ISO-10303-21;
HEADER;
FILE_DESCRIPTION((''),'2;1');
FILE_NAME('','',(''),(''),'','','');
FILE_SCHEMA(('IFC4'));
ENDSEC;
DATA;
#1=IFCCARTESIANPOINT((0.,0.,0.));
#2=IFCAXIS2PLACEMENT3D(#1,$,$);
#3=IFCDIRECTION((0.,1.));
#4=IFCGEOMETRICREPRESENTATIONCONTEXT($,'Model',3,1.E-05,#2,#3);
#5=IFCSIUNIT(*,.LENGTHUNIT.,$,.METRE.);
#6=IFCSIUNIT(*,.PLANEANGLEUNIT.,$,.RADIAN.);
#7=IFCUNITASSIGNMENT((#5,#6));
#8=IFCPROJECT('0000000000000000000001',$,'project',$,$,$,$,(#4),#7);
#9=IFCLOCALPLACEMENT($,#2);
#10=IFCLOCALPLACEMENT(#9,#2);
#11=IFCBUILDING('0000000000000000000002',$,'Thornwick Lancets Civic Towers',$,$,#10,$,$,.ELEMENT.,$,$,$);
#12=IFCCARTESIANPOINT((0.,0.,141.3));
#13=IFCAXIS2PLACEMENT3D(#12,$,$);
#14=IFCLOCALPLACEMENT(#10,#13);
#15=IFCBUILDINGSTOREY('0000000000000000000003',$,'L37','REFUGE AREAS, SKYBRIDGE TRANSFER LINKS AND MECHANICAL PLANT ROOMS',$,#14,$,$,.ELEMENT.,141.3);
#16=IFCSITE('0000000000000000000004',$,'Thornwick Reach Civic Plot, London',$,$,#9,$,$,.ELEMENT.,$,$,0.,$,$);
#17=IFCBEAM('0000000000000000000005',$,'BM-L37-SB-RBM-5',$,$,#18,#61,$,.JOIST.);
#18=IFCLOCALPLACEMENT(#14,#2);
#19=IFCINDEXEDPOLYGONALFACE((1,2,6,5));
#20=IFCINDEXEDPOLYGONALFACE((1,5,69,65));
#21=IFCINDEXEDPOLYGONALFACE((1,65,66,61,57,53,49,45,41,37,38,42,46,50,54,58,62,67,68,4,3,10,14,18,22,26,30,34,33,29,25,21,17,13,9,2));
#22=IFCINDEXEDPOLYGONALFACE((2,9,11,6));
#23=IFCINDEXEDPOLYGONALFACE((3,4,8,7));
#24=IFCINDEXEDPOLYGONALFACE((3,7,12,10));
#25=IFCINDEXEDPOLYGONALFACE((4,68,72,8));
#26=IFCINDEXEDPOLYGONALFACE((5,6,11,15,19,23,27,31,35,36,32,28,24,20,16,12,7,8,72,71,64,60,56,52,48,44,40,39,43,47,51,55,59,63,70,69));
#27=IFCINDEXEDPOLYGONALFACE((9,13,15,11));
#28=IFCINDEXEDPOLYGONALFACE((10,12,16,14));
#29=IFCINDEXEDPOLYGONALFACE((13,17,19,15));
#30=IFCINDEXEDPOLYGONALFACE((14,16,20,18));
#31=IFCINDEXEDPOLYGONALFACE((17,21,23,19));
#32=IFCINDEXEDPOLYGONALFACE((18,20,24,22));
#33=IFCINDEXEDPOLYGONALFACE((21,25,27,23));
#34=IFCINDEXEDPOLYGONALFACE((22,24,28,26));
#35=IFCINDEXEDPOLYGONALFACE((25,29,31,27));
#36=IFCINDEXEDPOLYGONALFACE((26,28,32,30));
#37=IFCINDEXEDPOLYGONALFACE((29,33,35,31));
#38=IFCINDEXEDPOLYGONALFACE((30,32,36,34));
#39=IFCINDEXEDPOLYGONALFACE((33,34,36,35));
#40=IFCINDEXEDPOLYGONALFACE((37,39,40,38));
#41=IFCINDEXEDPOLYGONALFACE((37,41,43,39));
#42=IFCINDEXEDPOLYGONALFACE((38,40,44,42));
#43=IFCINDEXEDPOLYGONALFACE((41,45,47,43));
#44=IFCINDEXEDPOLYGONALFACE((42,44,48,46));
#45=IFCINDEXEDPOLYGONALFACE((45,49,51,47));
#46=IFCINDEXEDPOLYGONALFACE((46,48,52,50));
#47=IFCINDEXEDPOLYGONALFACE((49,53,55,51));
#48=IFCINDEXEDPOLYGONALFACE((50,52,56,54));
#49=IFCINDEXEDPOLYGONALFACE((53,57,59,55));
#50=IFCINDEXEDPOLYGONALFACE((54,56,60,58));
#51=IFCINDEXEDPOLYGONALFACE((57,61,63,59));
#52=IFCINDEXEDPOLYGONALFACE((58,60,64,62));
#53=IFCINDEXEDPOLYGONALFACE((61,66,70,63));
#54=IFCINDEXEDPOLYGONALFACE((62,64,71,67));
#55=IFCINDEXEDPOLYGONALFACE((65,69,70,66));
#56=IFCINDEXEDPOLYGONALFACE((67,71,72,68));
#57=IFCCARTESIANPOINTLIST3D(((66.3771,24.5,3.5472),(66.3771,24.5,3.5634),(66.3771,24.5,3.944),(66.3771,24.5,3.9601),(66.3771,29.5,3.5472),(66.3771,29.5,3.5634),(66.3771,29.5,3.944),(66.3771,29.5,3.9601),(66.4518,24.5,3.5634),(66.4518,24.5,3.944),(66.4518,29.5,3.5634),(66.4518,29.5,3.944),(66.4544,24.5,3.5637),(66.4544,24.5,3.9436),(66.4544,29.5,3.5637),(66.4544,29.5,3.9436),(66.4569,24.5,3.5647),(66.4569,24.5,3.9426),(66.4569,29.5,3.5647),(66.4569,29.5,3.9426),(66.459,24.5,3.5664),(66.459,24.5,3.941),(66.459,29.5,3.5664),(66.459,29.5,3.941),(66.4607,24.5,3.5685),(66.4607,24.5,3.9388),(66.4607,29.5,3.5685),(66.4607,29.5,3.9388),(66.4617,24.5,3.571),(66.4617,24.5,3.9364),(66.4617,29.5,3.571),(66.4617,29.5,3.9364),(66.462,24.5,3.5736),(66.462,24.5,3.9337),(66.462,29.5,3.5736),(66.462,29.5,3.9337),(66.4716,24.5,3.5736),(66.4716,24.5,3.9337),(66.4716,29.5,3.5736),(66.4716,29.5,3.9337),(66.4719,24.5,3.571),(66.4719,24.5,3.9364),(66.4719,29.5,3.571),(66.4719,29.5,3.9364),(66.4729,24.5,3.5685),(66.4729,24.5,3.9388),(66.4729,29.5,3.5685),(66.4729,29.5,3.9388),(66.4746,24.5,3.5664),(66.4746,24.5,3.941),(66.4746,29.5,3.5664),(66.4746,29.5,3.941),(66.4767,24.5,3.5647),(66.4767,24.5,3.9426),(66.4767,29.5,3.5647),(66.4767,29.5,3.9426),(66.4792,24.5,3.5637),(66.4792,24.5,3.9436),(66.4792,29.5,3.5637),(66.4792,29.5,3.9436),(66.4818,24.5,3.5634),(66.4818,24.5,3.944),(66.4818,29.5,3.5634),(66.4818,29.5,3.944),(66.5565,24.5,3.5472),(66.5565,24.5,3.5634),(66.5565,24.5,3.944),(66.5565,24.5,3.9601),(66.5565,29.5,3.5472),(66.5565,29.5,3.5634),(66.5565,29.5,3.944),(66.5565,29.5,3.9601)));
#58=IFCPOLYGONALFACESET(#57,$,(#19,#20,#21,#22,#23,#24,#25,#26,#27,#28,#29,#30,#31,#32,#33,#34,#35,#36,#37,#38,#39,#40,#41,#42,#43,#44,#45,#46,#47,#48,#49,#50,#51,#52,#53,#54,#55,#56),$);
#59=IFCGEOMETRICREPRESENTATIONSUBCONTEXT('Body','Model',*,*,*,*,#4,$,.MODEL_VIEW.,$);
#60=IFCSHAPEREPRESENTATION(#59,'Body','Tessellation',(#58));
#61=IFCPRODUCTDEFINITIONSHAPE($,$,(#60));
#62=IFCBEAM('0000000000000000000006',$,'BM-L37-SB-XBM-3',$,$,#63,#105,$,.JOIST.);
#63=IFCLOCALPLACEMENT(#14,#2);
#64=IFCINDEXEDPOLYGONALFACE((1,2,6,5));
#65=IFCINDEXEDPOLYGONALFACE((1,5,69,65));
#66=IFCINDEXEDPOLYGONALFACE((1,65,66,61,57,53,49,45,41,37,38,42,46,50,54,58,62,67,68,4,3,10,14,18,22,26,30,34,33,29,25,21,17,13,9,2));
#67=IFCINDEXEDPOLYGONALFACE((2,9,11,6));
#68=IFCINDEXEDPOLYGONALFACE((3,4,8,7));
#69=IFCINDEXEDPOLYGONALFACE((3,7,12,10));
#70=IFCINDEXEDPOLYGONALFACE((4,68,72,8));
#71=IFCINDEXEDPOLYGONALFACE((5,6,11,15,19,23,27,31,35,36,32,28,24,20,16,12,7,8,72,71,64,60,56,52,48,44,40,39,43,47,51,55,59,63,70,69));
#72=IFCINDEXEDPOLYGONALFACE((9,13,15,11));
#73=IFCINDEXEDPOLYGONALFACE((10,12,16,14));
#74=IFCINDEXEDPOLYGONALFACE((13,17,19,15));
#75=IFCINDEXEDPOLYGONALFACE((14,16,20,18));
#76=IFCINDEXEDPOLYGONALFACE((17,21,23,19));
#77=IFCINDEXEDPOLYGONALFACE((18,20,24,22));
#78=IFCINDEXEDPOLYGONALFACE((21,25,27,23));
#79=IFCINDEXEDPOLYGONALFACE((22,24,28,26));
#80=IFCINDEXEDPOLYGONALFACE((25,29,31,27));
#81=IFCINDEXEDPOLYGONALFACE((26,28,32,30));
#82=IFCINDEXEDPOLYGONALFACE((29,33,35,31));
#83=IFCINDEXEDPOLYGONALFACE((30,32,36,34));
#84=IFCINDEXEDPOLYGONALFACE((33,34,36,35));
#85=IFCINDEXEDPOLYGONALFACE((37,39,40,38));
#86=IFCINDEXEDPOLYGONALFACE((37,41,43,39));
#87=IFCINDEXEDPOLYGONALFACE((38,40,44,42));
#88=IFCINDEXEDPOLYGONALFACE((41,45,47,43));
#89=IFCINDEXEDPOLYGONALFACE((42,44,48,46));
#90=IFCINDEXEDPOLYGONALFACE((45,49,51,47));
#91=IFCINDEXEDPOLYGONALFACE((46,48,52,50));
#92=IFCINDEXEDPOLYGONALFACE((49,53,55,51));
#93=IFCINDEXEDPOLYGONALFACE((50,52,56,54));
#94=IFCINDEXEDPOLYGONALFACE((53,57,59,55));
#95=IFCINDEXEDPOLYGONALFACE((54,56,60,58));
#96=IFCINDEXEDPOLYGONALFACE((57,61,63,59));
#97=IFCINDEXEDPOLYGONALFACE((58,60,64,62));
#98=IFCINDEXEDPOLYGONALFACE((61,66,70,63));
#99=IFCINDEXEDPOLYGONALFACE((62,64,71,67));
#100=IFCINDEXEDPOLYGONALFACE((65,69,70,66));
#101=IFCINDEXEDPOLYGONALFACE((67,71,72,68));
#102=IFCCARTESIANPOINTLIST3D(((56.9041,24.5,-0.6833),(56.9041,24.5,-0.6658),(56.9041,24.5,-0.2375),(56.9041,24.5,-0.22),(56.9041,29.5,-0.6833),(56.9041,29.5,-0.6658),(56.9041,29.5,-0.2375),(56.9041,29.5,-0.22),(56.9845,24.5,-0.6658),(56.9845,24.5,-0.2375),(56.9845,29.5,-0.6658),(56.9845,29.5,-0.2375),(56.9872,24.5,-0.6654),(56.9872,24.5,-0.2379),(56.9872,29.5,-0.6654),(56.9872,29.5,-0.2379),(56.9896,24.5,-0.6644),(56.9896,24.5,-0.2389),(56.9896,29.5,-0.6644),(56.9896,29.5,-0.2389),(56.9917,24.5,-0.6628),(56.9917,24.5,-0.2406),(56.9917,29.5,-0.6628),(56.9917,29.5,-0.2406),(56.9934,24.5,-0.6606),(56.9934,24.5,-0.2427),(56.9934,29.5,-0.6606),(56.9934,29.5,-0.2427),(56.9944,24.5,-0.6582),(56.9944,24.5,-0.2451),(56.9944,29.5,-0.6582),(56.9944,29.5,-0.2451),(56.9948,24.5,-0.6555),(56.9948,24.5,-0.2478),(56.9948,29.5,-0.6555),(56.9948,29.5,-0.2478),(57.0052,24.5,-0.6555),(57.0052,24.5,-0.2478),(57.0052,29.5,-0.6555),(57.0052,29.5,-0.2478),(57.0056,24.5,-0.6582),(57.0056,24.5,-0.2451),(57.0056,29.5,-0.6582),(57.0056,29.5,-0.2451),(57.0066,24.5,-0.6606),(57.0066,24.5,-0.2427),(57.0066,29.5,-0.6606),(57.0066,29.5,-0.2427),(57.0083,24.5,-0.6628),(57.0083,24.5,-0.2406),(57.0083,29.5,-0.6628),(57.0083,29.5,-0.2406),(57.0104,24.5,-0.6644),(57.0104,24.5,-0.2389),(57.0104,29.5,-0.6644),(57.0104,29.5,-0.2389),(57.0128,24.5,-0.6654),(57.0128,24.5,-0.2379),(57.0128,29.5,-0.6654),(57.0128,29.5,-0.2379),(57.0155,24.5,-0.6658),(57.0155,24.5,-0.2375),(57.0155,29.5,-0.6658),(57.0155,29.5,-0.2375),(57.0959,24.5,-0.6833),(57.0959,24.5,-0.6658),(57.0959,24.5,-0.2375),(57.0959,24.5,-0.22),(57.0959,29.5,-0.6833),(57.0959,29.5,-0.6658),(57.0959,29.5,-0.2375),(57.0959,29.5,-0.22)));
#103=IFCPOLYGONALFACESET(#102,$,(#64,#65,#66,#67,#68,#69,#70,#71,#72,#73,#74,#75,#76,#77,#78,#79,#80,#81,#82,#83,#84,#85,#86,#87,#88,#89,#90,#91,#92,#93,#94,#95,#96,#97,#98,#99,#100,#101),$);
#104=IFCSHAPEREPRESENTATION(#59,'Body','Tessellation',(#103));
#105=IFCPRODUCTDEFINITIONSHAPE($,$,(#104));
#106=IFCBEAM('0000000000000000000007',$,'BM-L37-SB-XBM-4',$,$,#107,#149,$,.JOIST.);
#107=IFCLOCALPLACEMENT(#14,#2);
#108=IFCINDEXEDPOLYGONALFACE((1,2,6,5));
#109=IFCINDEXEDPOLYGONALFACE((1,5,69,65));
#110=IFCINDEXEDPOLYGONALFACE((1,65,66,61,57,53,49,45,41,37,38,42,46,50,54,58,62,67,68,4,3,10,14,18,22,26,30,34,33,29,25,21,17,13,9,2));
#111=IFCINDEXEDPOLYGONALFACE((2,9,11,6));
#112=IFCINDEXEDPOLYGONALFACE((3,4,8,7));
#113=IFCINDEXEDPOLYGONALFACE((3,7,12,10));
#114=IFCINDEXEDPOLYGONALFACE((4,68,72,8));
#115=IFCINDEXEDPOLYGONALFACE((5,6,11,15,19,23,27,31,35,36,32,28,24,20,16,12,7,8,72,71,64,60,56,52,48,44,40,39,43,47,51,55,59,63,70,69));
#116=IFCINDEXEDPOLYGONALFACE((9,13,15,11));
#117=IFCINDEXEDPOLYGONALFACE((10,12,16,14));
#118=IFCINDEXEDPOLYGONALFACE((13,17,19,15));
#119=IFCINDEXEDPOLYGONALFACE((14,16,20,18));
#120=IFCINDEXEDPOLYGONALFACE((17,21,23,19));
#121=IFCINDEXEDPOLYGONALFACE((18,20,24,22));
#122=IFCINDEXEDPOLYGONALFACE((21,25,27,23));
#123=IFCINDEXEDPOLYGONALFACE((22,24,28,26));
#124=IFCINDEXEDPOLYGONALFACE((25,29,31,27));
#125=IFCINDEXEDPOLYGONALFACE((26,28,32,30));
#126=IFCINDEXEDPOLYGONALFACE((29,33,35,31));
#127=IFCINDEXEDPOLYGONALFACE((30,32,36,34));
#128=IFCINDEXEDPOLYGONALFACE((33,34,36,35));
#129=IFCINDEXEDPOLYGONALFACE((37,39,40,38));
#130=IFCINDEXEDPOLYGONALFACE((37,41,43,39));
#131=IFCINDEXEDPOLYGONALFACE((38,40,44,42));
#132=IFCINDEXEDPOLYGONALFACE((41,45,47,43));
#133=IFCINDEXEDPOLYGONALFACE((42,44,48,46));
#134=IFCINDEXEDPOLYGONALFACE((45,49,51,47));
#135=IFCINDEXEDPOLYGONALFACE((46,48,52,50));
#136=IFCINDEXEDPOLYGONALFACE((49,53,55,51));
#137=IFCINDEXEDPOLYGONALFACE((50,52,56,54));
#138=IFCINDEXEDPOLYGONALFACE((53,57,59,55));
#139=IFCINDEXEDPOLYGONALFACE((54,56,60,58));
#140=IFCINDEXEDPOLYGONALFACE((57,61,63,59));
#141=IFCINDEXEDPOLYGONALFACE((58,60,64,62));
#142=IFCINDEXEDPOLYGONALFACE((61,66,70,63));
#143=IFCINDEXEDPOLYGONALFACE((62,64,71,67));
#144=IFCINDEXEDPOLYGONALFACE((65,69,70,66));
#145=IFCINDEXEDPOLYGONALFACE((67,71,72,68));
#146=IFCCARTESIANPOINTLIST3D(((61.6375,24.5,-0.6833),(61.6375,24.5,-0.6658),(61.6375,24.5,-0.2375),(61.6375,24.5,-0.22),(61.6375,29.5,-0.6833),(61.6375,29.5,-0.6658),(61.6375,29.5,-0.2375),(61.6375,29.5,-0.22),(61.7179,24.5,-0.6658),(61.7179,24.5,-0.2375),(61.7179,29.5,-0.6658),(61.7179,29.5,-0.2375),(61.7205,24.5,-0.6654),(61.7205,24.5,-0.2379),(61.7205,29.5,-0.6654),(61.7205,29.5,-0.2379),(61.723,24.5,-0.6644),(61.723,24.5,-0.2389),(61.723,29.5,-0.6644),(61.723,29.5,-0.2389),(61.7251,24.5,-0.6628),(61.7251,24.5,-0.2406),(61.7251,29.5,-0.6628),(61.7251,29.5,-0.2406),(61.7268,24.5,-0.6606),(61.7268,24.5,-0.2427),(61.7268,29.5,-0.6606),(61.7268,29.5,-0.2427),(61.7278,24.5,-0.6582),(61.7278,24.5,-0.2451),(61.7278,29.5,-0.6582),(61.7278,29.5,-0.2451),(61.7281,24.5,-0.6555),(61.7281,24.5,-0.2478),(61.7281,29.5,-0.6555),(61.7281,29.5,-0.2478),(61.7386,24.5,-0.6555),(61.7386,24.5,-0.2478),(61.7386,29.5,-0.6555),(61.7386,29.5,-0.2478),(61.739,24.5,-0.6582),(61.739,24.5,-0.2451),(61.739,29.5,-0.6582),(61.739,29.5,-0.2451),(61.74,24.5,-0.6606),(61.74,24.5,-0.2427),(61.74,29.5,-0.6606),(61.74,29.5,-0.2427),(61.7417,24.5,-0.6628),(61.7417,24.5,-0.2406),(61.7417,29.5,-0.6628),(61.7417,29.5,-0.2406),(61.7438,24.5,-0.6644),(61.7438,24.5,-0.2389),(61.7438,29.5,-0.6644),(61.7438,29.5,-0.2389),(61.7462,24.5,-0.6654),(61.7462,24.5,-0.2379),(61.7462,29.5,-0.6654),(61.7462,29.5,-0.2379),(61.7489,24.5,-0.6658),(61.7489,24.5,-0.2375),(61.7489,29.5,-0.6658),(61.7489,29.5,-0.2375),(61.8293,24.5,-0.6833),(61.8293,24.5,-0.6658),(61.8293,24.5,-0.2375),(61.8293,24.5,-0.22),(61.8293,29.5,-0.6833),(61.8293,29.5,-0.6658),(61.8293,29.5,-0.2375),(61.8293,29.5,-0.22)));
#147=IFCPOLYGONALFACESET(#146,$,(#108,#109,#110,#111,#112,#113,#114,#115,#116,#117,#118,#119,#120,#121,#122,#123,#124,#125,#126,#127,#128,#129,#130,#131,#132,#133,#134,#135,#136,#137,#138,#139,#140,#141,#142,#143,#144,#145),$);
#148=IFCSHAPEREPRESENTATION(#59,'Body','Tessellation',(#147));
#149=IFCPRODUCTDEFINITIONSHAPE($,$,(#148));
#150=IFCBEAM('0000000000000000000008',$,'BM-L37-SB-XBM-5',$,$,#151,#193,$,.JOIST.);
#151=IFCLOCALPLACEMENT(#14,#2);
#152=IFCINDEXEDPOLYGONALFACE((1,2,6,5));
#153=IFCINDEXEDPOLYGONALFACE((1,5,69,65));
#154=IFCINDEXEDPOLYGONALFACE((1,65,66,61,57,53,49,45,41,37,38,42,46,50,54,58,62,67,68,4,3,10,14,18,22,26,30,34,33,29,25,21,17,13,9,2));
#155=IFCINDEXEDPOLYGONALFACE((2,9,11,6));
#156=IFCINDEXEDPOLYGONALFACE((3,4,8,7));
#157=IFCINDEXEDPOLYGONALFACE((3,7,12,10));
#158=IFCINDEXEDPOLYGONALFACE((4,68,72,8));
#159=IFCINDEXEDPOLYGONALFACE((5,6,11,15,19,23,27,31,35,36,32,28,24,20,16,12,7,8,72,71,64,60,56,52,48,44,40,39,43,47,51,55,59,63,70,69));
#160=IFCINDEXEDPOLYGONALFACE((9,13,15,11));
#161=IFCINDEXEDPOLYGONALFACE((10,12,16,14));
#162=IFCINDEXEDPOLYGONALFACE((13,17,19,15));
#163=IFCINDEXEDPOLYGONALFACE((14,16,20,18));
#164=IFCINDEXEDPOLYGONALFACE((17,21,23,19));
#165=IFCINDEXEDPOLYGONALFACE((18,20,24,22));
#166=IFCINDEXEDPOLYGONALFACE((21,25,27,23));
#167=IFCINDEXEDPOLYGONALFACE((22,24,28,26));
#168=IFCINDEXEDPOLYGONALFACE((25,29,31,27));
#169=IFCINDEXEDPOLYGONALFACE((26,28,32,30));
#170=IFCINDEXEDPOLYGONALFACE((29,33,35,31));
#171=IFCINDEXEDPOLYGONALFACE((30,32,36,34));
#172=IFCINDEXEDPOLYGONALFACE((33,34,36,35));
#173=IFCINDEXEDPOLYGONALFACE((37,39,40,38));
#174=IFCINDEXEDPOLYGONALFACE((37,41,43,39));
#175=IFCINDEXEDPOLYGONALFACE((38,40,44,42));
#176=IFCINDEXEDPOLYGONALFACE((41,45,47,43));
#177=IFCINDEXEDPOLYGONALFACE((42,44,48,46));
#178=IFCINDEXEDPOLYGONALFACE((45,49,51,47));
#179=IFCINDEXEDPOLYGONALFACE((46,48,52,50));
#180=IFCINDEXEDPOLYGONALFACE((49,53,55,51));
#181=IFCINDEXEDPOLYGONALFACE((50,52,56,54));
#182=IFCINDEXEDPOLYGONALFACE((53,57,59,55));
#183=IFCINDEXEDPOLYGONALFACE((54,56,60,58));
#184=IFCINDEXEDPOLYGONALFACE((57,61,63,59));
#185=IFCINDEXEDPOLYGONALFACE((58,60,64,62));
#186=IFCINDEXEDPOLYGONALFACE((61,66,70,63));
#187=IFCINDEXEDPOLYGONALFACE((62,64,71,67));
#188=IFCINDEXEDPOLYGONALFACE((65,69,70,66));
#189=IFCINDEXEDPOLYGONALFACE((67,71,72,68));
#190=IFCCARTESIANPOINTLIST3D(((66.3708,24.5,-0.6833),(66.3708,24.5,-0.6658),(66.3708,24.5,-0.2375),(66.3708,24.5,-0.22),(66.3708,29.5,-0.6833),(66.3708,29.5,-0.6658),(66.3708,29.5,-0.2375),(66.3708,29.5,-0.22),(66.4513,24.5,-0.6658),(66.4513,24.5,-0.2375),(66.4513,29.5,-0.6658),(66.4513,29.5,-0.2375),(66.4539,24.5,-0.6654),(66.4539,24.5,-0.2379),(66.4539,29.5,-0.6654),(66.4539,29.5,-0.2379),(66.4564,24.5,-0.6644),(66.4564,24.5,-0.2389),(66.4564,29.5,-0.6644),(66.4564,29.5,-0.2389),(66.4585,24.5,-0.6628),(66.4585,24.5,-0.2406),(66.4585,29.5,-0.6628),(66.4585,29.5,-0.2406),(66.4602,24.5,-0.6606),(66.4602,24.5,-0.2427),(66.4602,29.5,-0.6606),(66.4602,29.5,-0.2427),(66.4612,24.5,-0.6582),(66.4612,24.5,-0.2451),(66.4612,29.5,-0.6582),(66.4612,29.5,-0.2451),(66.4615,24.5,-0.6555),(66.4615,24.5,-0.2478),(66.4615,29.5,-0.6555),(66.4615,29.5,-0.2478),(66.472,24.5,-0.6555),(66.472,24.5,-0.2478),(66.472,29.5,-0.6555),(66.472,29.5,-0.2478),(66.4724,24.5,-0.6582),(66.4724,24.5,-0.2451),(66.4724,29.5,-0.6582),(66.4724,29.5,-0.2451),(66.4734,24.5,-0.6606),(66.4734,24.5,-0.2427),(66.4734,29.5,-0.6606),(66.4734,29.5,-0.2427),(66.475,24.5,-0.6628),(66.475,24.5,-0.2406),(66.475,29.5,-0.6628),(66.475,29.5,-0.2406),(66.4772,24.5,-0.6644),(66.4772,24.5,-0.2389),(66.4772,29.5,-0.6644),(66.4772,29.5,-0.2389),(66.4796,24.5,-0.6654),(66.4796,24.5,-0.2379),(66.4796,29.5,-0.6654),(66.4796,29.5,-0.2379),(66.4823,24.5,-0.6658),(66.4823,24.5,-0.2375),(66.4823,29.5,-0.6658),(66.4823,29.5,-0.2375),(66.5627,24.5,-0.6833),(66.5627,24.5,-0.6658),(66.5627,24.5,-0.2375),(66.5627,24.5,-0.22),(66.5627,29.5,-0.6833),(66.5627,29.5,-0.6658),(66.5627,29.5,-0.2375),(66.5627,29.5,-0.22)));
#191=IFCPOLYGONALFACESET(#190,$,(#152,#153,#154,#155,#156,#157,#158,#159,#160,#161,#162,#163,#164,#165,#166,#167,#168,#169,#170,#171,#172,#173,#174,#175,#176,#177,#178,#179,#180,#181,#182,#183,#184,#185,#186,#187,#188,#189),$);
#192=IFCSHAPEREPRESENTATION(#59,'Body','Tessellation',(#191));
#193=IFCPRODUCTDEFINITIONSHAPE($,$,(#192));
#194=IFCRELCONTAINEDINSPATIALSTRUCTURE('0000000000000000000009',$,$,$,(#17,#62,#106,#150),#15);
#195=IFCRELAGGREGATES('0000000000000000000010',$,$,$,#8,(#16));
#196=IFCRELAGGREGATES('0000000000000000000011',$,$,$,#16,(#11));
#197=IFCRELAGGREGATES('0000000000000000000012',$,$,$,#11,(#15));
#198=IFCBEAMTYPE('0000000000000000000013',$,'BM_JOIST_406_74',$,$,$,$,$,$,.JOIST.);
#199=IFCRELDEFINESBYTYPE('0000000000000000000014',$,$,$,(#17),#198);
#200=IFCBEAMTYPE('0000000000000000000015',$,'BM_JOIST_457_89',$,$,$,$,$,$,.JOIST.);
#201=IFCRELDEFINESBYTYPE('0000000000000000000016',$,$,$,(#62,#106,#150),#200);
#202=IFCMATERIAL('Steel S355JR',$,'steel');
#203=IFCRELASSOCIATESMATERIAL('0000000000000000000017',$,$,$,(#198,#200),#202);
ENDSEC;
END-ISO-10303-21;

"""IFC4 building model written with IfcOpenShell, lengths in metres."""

from ifc_helpers import new_model, si_unit, direction, frame, origin, origin_2d, place, context, subcontext, project, spatial, i_section, extrude, material, material_profile, profile_set, type_object, element, save


model = new_model("IFC4")

# Units and contexts
model_context = context("Model", 3, precision=1e-05, world=origin(), true_north=direction((0.0, 1.0)))
body_context = subcontext(model_context, "Body", "Model", "MODEL_VIEW")
ifc_project = project(units=[si_unit("LENGTHUNIT", "METRE"), si_unit("PLANEANGLEUNIT", "RADIAN")], contexts=[model_context])

# Site, building, storey
site_placement = place(None, origin())
site = spatial("IfcSite", under=ifc_project, at=site_placement, Name="Thornwick Reach Civic Plot, London", CompositionType="ELEMENT", RefElevation=0.0)
building_placement = place(site_placement, origin())
building = spatial("IfcBuilding", under=site, at=building_placement, Name="Thornwick Lancets Civic Towers", CompositionType="ELEMENT")
storey_placement = place(building_placement, frame((0.0, 0.0, 141.3)))
storey = spatial("IfcBuildingStorey", under=building, at=storey_placement, Name="L37", Description="REFUGE AREAS, SKYBRIDGE TRANSFER LINKS AND MECHANICAL PLANT ROOMS", CompositionType="ELEMENT", Elevation=141.3)

# Beams
ifc_material_1 = material(Name="Steel S355JR", Category="steel")
ifc_material_profile_1 = material_profile(ifc_material_1, i_section(OverallWidth=0.1794, OverallDepth=0.4128, WebThickness=0.0095, FlangeThickness=0.0161, FilletRadius=0.0103, at=origin_2d()), Name="UKB 406x178x74")
ifc_profile_set_1 = profile_set([ifc_material_profile_1], Name="Steel S355JR")
beam_type_1 = type_object("IfcBeamType", Name="BM_JOIST_406_74", PredefinedType="JOIST", material=ifc_profile_set_1)
for number, where, z_axis, x_axis, name in (
    (1, (66.4668, 24.5, 3.7537), (0.0, 1.0, 0.0), (-1.0, 0.0, 0.0), "BM-L37-SB-RBM-5"),
):
    element("IfcBeam", number, at=place(storey_placement, frame(where, z_axis=z_axis, x_axis=x_axis)), inside=storey, type_object=beam_type_1, Name=name, PredefinedType="JOIST", context=body_context, shape_type="SweptSolid", body=[
        extrude(i_section(OverallWidth=0.1794, OverallDepth=0.4128, WebThickness=0.0095, FlangeThickness=0.0161, FilletRadius=0.0103, at=origin_2d()), origin(), (0.0, 0.0, 1.0), 5.0),
    ])
ifc_material_profile_2 = material_profile(ifc_material_1, i_section(OverallWidth=0.1919, OverallDepth=0.4634, WebThickness=0.0105, FlangeThickness=0.0176, FilletRadius=0.0103, at=origin_2d()), Name="UKB 457x191x89")
ifc_profile_set_2 = profile_set([ifc_material_profile_2], Name="Steel S355JR")
beam_type_2 = type_object("IfcBeamType", Name="BM_JOIST_457_89", PredefinedType="JOIST", material=ifc_profile_set_2)
for number, where, z_axis, x_axis, name in (
    (2, (57.0, 24.5, -0.4517), (0.0, 1.0, 0.0), (-1.0, 0.0, 0.0), "BM-L37-SB-XBM-3"),
    (3, (61.7334, 24.5, -0.4517), (0.0, 1.0, 0.0), (-1.0, 0.0, 0.0), "BM-L37-SB-XBM-4"),
    (4, (66.4668, 24.5, -0.4517), (0.0, 1.0, 0.0), (-1.0, 0.0, 0.0), "BM-L37-SB-XBM-5"),
):
    element("IfcBeam", number, at=place(storey_placement, frame(where, z_axis=z_axis, x_axis=x_axis)), inside=storey, type_object=beam_type_2, Name=name, PredefinedType="JOIST", context=body_context, shape_type="SweptSolid", body=[
        extrude(i_section(OverallWidth=0.1919, OverallDepth=0.4634, WebThickness=0.0105, FlangeThickness=0.0176, FilletRadius=0.0103, at=origin_2d()), origin(), (0.0, 0.0, 1.0), 5.0),
    ])

save(model, "model.ifc")
